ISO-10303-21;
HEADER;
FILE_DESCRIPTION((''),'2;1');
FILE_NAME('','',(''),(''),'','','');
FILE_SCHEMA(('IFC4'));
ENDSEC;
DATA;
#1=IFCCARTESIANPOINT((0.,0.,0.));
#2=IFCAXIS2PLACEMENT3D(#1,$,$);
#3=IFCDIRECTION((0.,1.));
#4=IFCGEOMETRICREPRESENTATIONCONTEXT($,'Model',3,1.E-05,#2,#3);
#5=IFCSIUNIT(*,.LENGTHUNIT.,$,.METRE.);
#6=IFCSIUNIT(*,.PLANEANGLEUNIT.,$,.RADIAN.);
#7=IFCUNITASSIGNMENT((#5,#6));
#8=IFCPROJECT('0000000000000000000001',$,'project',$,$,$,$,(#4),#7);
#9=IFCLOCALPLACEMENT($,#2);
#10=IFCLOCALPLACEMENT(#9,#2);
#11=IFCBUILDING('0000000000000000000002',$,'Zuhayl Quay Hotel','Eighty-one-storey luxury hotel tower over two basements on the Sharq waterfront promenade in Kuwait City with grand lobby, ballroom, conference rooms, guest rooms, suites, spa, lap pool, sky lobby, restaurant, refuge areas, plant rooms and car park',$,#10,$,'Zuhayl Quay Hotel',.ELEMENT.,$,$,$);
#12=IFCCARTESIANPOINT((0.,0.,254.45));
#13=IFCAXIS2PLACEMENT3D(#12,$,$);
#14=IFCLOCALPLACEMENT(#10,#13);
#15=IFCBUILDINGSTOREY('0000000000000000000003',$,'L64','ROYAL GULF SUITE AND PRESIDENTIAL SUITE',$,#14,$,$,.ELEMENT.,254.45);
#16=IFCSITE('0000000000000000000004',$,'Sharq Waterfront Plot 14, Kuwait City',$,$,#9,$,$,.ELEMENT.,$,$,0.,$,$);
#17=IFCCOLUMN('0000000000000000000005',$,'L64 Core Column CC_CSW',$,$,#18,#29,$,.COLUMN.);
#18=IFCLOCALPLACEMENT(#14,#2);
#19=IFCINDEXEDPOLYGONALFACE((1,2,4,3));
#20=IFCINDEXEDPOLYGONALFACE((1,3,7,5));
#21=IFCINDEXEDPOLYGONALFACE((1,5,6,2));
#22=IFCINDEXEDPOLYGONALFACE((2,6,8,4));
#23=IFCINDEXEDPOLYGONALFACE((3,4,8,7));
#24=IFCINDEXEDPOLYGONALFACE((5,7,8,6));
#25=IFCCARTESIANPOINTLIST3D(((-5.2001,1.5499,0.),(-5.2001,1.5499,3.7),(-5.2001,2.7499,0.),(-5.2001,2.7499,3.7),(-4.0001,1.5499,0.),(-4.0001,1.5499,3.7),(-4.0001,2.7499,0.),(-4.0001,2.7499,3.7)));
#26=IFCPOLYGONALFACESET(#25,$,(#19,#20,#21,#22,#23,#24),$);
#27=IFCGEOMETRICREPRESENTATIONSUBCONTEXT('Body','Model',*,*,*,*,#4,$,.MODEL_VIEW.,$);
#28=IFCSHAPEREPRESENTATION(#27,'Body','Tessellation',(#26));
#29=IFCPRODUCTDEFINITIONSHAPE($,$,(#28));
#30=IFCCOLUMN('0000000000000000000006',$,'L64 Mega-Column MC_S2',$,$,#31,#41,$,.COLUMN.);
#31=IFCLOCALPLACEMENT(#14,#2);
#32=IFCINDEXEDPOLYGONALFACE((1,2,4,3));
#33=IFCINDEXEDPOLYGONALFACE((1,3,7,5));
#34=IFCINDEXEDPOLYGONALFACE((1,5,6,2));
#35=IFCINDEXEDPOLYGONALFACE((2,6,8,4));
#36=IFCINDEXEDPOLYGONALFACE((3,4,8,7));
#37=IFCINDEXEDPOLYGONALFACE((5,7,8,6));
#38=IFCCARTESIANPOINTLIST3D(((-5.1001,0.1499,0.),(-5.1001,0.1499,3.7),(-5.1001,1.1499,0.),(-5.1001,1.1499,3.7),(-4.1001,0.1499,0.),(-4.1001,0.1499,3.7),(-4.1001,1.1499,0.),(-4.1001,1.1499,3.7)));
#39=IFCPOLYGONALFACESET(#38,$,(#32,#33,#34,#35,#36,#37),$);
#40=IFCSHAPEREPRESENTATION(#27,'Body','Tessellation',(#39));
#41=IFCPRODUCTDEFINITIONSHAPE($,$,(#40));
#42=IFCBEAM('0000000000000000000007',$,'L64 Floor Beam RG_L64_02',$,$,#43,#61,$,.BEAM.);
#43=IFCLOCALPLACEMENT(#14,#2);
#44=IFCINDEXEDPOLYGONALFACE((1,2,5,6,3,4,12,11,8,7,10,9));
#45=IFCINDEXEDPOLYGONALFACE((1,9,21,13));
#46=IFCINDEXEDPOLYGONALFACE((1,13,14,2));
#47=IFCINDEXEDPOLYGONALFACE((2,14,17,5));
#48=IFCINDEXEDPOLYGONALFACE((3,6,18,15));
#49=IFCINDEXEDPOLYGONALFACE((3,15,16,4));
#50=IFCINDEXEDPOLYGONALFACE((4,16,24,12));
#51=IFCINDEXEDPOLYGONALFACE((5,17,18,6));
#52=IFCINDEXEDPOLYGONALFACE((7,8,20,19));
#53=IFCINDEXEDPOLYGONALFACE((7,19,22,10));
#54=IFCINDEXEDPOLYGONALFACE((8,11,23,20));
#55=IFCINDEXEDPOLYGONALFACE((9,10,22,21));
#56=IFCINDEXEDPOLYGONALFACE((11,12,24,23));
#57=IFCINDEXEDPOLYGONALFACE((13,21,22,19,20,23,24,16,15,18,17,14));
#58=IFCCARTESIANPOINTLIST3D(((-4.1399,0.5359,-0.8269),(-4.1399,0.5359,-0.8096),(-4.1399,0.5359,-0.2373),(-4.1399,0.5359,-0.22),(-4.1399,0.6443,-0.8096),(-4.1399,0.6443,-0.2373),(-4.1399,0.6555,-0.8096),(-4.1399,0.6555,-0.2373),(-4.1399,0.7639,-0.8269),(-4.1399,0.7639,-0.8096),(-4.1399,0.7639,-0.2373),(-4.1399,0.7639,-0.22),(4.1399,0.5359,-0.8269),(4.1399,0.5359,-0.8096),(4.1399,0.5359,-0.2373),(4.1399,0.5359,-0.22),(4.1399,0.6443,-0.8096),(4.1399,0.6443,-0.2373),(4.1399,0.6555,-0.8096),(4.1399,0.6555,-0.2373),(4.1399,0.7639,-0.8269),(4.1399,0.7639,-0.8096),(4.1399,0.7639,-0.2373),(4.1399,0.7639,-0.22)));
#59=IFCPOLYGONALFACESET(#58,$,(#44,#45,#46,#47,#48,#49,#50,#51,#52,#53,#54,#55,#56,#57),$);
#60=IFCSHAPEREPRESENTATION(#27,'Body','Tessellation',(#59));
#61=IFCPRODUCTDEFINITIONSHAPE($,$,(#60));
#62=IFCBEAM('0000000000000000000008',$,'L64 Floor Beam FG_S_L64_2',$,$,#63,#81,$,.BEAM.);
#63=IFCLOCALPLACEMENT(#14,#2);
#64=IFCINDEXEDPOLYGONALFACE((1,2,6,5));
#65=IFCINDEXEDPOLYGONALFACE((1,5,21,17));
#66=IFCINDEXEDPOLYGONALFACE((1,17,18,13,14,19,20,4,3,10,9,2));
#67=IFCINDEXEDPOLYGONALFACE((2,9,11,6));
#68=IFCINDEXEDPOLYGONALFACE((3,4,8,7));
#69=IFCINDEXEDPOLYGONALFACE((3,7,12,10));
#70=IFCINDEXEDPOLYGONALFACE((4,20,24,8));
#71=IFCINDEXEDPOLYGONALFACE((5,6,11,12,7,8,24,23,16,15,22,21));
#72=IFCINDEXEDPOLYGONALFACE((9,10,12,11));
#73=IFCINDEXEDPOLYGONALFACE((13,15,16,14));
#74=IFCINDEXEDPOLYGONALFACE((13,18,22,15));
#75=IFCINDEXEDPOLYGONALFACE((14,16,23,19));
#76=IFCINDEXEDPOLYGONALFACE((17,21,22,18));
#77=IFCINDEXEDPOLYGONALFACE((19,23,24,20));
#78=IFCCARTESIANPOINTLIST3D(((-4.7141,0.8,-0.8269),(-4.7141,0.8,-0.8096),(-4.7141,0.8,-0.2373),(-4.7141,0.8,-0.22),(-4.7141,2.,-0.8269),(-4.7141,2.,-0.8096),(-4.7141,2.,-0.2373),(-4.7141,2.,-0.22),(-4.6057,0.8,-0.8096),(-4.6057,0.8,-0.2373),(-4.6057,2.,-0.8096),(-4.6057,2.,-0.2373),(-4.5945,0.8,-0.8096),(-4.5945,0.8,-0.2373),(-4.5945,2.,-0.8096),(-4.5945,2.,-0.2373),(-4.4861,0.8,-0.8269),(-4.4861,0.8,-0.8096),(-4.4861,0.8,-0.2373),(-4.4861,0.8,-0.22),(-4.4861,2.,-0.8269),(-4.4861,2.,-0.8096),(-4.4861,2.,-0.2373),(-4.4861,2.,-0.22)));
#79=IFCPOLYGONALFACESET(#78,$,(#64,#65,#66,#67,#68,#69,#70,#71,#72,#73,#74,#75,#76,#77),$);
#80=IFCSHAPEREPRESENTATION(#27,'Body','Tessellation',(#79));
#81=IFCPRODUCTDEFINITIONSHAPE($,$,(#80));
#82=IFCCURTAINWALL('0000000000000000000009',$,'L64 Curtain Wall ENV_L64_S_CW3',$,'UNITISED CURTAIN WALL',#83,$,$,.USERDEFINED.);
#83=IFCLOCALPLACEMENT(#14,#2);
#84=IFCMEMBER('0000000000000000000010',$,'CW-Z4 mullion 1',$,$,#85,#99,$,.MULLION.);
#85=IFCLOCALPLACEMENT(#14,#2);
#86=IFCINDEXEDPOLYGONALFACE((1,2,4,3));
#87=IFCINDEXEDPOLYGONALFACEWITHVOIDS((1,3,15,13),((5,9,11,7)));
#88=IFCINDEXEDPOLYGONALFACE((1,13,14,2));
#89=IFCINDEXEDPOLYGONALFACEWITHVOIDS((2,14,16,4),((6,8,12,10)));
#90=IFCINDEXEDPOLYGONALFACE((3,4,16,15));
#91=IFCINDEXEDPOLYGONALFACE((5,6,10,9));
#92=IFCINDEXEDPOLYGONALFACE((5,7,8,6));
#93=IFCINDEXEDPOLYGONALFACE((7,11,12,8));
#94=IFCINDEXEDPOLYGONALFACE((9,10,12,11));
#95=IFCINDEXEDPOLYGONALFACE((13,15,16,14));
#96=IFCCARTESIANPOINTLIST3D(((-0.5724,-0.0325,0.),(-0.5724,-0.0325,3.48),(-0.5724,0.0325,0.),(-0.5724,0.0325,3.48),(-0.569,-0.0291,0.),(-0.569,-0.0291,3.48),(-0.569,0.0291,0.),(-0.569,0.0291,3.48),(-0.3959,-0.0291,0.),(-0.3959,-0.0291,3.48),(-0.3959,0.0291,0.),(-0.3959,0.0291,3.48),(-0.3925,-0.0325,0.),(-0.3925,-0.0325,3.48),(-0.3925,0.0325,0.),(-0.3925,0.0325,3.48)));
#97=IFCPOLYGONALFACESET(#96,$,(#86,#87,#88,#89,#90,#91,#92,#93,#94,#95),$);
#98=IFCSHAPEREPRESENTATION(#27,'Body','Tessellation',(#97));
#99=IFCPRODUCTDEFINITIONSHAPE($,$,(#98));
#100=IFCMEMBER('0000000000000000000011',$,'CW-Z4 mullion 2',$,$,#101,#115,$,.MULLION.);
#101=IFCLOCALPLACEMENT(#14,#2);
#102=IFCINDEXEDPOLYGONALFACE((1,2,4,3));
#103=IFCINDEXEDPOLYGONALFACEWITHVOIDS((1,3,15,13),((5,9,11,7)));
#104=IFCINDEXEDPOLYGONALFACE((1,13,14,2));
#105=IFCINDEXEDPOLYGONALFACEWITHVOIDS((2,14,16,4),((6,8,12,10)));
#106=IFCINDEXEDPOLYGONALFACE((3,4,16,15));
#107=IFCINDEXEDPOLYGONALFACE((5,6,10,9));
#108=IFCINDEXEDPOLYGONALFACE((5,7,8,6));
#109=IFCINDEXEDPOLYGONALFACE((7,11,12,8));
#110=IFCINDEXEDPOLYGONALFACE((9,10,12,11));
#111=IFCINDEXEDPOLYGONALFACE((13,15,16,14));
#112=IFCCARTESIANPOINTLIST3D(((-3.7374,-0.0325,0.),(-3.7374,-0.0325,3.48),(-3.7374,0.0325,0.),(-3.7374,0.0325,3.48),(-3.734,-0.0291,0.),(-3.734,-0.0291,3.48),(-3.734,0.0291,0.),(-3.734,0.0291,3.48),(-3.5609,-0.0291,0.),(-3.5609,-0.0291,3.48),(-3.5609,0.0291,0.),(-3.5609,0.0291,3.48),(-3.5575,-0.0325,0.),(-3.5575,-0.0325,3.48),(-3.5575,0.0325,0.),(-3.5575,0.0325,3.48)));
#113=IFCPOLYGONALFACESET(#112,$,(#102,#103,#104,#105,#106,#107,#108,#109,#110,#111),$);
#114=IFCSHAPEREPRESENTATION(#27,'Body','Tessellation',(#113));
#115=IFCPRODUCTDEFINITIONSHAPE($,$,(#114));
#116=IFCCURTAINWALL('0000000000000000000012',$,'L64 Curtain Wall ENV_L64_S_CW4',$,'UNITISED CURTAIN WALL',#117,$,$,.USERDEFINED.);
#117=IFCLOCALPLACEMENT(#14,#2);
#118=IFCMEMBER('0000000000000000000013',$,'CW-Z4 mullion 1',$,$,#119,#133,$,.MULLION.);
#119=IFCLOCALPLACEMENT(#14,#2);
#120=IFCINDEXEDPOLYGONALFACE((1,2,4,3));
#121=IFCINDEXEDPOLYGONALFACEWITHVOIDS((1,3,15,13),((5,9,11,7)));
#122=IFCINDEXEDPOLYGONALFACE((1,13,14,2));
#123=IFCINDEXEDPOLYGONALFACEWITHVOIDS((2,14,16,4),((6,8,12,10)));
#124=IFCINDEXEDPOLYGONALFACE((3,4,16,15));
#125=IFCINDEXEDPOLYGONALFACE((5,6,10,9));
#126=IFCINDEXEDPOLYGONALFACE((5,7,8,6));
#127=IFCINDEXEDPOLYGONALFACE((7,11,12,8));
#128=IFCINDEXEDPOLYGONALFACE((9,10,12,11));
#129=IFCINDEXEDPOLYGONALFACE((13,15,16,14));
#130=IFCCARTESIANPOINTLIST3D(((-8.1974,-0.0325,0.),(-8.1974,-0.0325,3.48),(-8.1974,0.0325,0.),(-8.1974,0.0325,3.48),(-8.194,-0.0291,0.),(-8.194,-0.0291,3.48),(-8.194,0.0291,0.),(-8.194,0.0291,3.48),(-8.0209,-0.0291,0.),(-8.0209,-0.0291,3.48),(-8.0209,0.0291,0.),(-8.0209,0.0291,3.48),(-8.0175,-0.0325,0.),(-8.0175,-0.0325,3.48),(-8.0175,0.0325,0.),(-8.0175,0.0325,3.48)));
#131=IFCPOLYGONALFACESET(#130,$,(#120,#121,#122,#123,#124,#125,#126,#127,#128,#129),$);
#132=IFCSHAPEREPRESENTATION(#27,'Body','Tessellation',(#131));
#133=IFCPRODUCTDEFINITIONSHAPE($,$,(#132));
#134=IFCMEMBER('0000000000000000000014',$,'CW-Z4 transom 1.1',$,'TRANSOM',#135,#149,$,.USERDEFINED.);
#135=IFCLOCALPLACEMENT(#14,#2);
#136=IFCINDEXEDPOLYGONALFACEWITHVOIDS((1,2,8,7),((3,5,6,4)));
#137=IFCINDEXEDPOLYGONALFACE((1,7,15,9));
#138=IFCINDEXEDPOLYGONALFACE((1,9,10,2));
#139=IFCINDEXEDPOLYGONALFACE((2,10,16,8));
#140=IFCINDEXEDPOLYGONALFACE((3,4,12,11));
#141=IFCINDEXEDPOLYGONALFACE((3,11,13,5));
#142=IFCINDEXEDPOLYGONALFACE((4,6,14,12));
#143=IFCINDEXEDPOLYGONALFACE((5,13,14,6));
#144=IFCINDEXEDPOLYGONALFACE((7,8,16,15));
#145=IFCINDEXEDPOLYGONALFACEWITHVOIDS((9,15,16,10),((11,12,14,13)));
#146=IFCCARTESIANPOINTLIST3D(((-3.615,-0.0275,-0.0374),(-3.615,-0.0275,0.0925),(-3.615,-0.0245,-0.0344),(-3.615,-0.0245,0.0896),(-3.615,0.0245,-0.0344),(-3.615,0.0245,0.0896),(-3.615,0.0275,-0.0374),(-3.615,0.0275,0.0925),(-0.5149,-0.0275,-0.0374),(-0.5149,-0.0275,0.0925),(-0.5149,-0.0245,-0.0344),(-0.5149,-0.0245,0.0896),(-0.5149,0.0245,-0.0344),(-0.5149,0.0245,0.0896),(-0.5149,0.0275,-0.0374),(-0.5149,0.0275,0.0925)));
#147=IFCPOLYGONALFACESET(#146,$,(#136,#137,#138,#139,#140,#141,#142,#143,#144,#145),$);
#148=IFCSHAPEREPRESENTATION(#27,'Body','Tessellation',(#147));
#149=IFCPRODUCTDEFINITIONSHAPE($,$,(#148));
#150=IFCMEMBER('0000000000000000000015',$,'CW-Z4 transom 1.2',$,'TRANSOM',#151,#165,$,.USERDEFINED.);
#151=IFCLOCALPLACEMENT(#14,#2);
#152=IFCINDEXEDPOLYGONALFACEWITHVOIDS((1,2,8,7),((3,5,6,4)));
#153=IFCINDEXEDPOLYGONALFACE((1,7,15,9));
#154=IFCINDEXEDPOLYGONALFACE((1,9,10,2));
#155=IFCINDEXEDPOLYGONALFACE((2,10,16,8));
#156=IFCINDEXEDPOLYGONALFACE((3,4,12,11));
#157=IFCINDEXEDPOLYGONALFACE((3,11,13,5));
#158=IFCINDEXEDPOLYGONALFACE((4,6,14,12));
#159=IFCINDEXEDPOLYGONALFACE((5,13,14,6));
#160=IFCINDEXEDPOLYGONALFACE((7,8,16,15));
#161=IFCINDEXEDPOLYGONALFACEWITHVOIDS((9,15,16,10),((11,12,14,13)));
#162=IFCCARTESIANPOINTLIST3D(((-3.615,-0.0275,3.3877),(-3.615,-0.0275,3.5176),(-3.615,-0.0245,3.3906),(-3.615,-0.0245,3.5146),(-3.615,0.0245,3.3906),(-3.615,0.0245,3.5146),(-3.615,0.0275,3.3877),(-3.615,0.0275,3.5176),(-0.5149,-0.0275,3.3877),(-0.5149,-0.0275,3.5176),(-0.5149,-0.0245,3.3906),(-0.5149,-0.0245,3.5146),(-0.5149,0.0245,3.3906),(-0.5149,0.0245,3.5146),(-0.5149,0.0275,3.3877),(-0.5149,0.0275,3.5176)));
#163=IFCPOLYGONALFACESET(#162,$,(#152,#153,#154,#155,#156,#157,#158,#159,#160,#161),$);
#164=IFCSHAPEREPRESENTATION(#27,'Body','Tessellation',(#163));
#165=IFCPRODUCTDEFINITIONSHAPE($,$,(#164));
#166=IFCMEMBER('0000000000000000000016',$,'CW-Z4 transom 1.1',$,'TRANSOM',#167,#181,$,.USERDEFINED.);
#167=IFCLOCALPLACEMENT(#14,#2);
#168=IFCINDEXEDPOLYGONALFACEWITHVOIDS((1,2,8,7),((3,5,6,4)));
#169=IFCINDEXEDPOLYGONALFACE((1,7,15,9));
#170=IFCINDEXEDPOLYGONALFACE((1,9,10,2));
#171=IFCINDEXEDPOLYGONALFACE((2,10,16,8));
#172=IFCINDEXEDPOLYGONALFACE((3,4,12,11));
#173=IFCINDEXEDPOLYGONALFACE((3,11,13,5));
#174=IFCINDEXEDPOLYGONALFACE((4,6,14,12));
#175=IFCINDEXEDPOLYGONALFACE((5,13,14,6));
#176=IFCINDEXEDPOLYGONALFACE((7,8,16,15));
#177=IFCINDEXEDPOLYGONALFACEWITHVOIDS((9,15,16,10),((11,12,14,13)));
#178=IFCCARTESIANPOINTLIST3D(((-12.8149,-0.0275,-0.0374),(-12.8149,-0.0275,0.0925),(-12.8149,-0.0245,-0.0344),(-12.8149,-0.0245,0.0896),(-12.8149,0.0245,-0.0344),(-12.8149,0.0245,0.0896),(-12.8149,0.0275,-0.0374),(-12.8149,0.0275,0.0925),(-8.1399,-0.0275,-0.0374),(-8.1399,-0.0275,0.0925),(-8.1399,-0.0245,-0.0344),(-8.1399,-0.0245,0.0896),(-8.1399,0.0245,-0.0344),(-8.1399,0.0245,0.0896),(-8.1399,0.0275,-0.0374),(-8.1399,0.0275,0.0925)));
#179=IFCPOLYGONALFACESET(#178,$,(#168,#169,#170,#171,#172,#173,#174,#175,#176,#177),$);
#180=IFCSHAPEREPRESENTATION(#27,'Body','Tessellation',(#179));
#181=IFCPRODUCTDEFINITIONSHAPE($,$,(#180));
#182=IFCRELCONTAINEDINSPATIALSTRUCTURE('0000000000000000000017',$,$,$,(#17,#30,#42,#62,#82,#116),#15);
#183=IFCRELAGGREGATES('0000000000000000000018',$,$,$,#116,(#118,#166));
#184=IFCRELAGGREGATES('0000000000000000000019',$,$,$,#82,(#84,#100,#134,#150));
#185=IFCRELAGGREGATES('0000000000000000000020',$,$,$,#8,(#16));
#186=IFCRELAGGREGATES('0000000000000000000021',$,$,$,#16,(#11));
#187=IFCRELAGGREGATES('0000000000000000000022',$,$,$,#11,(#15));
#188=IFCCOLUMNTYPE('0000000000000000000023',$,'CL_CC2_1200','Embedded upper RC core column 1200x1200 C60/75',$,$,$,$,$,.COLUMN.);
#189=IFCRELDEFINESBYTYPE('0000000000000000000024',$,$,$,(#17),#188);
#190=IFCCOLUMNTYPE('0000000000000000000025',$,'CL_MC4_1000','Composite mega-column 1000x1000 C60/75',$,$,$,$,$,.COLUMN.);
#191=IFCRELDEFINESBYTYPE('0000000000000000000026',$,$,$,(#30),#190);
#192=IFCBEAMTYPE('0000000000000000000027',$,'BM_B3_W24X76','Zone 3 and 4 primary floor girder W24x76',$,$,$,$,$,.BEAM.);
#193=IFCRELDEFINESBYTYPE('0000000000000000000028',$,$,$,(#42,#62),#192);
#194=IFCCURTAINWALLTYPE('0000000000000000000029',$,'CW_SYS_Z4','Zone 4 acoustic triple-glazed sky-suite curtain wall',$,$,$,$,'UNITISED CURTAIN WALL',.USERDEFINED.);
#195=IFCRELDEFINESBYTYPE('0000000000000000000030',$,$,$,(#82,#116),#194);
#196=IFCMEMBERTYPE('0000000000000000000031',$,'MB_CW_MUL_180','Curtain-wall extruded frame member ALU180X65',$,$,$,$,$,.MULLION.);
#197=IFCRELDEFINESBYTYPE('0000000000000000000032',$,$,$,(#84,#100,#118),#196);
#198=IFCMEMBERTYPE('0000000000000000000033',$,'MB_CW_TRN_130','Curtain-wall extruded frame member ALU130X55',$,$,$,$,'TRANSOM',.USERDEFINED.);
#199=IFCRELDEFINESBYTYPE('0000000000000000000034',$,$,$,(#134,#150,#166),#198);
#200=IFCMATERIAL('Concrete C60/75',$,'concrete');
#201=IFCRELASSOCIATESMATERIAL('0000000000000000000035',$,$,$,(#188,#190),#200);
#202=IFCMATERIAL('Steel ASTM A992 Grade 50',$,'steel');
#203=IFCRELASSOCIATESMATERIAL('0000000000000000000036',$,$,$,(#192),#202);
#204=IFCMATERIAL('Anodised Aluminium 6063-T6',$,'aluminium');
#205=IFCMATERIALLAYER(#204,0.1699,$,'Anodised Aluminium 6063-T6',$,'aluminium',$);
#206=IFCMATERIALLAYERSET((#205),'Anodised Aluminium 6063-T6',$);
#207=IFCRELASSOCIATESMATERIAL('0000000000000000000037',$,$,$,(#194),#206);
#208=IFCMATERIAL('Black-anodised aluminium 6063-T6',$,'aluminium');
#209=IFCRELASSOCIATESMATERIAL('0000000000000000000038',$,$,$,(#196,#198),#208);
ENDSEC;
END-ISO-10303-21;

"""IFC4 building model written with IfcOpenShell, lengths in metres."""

from ifc_helpers import new_model, si_unit, direction, frame, origin, origin_2d, place, context, subcontext, project, spatial, rectangle, hollow_rectangle, i_section, extrude, material, layer, layer_set, material_profile, profile_set, type_object, element, aggregate, save


model = new_model("IFC4")

# Units and contexts
model_context = context("Model", 3, precision=1e-05, world=origin(), true_north=direction((0.0, 1.0)))
body_context = subcontext(model_context, "Body", "Model", "MODEL_VIEW")
ifc_project = project(units=[si_unit("LENGTHUNIT", "METRE"), si_unit("PLANEANGLEUNIT", "RADIAN")], contexts=[model_context])

# Site, building, storey
site_placement = place(None, origin())
site = spatial("IfcSite", under=ifc_project, at=site_placement, Name="Sharq Waterfront Plot 14, Kuwait City", CompositionType="ELEMENT", RefElevation=0.0)
building_placement = place(site_placement, origin())
building = spatial("IfcBuilding", under=site, at=building_placement, Name="Zuhayl Quay Hotel", Description="Eighty-one-storey luxury hotel tower over two basements on the Sharq waterfront promenade in Kuwait City with grand lobby, ballroom, conference rooms, guest rooms, suites, spa, lap pool, sky lobby, restaurant, refuge areas, plant rooms and car park", LongName="Zuhayl Quay Hotel", CompositionType="ELEMENT")
storey_placement = place(building_placement, frame((0.0, 0.0, 254.45)))
storey = spatial("IfcBuildingStorey", under=building, at=storey_placement, Name="L64", Description="ROYAL GULF SUITE AND PRESIDENTIAL SUITE", CompositionType="ELEMENT", Elevation=254.45)

# Columns
ifc_material_1 = material(Name="Concrete C60/75", Category="concrete")
ifc_material_profile_1 = material_profile(ifc_material_1, rectangle(XDim=1.2, YDim=1.2, at=origin_2d()), Name="RC1200X1200")
ifc_profile_set_1 = profile_set([ifc_material_profile_1], Name="Concrete C60/75")
column_type_1 = type_object("IfcColumnType", Name="CL_CC2_1200", Description="Embedded upper RC core column 1200x1200 C60/75", PredefinedType="COLUMN", material=ifc_profile_set_1)
column_1_placement = place(storey_placement, frame((-4.6001, 2.1499, 0.0), z_axis=(0.0, 0.0, 1.0), x_axis=(1.0, 0.0, 0.0)))
element("IfcColumn", 1, at=column_1_placement, inside=storey, type_object=column_type_1, Name="L64 Core Column CC_CSW", PredefinedType="COLUMN", context=body_context, shape_type="SweptSolid", body=[
    extrude(rectangle(XDim=1.2, YDim=1.2, at=origin_2d()), origin(), (0.0, 0.0, 1.0), 3.7),
])
ifc_material_profile_2 = material_profile(ifc_material_1, rectangle(XDim=1.0, YDim=1.0, at=origin_2d()), Name="RC1000X1000")
ifc_profile_set_2 = profile_set([ifc_material_profile_2], Name="Concrete C60/75")
column_type_2 = type_object("IfcColumnType", Name="CL_MC4_1000", Description="Composite mega-column 1000x1000 C60/75", PredefinedType="COLUMN", material=ifc_profile_set_2)
column_2_placement = place(storey_placement, frame((-4.6001, 0.6499, 0.0), z_axis=(0.0, 0.0, 1.0), x_axis=(1.0, 0.0, 0.0)))
element("IfcColumn", 2, at=column_2_placement, inside=storey, type_object=column_type_2, Name="L64 Mega-Column MC_S2", PredefinedType="COLUMN", context=body_context, shape_type="SweptSolid", body=[
    extrude(rectangle(XDim=1.0, YDim=1.0, at=origin_2d()), origin(), (0.0, 0.0, 1.0), 3.7),
])

# Beams
ifc_material_2 = material(Name="Steel ASTM A992 Grade 50", Category="steel")
ifc_material_profile_3 = material_profile(ifc_material_2, i_section(OverallWidth=0.228, OverallDepth=0.6069, WebThickness=0.0112, FlangeThickness=0.0173, at=origin_2d()), Name="W24X76")
ifc_profile_set_3 = profile_set([ifc_material_profile_3], Name="Steel ASTM A992 Grade 50")
beam_type = type_object("IfcBeamType", Name="BM_B3_W24X76", Description="Zone 3 and 4 primary floor girder W24x76", PredefinedType="BEAM", material=ifc_profile_set_3)
beam_1_placement = place(storey_placement, frame((-4.1399, 0.6499, -0.5234), z_axis=(1.0, 0.0, 0.0), x_axis=(0.0, 1.0, 0.0)))
element("IfcBeam", 3, at=beam_1_placement, inside=storey, type_object=beam_type, Name="L64 Floor Beam RG_L64_02", PredefinedType="BEAM", context=body_context, shape_type="SweptSolid", body=[
    extrude(i_section(OverallWidth=0.228, OverallDepth=0.6069, WebThickness=0.0112, FlangeThickness=0.0173, at=origin_2d()), origin(), (0.0, 0.0, 1.0), 8.2798),
])
beam_2_placement = place(storey_placement, frame((-4.6001, 0.8, -0.5234), z_axis=(0.0, 1.0, 0.0), x_axis=(-1.0, 0.0, 0.0)))
element("IfcBeam", 4, at=beam_2_placement, inside=storey, type_object=beam_type, Name="L64 Floor Beam FG_S_L64_2", PredefinedType="BEAM", context=body_context, shape_type="SweptSolid", body=[
    extrude(i_section(OverallWidth=0.228, OverallDepth=0.6069, WebThickness=0.0112, FlangeThickness=0.0173, at=origin_2d()), origin(), (0.0, 0.0, 1.0), 1.2),
])

# Curtain wall, members
ifc_material_3 = material(Name="Anodised Aluminium 6063-T6", Category="aluminium")
ifc_layer_1 = layer(ifc_material_3, 0.1699, Name="Anodised Aluminium 6063-T6", Category="aluminium")
ifc_layer_set_1 = layer_set([ifc_layer_1], Name="Anodised Aluminium 6063-T6")
curtain_wall_type = type_object("IfcCurtainWallType", Name="CW_SYS_Z4", Description="Zone 4 acoustic triple-glazed sky-suite curtain wall", ElementType="UNITISED CURTAIN WALL", PredefinedType="USERDEFINED", material=ifc_layer_set_1)
curtain_wall_1_placement = place(storey_placement, origin())
curtain_wall_1 = element("IfcCurtainWall", 5, at=curtain_wall_1_placement, inside=storey, type_object=curtain_wall_type, Name="L64 Curtain Wall ENV_L64_S_CW3", ObjectType="UNITISED CURTAIN WALL", PredefinedType="USERDEFINED")
ifc_material_4 = material(Name="Black-anodised aluminium 6063-T6", Category="aluminium")
ifc_material_profile_4 = material_profile(ifc_material_4, hollow_rectangle(XDim=0.0649, YDim=0.1799, WallThickness=0.0034, at=origin_2d()), Name="ALU180X65")
ifc_profile_set_4 = profile_set([ifc_material_profile_4], Name="Black-anodised aluminium 6063-T6")
member_type_1 = type_object("IfcMemberType", Name="MB_CW_MUL_180", Description="Curtain-wall extruded frame member ALU180X65", PredefinedType="MULLION", material=ifc_profile_set_4)
member_1_placement = place(storey_placement, frame((-0.4824, 0.0, 0.0), z_axis=(0.0, 0.0, 1.0), x_axis=(0.0, -1.0, 0.0)))
member_1 = element("IfcMember", 6, at=member_1_placement, type_object=member_type_1, Name="CW-Z4 mullion 1", PredefinedType="MULLION", context=body_context, shape_type="SweptSolid", body=[
    extrude(hollow_rectangle(XDim=0.0649, YDim=0.1799, WallThickness=0.0034, at=origin_2d()), origin(), (0.0, 0.0, 1.0), 3.48),
])
member_2_placement = place(storey_placement, frame((-3.6475, 0.0, 0.0), z_axis=(0.0, 0.0, 1.0), x_axis=(0.0, -1.0, 0.0)))
member_2 = element("IfcMember", 7, at=member_2_placement, type_object=member_type_1, Name="CW-Z4 mullion 2", PredefinedType="MULLION", context=body_context, shape_type="SweptSolid", body=[
    extrude(hollow_rectangle(XDim=0.0649, YDim=0.1799, WallThickness=0.0034, at=origin_2d()), origin(), (0.0, 0.0, 1.0), 3.48),
])

# Curtain wall, member
curtain_wall_2_placement = place(storey_placement, origin())
curtain_wall_2 = element("IfcCurtainWall", 8, at=curtain_wall_2_placement, inside=storey, type_object=curtain_wall_type, Name="L64 Curtain Wall ENV_L64_S_CW4", ObjectType="UNITISED CURTAIN WALL", PredefinedType="USERDEFINED")
member_3_placement = place(storey_placement, frame((-8.1074, 0.0, 0.0), z_axis=(0.0, 0.0, 1.0), x_axis=(0.0, -1.0, 0.0)))
member_3 = element("IfcMember", 9, at=member_3_placement, type_object=member_type_1, Name="CW-Z4 mullion 1", PredefinedType="MULLION", context=body_context, shape_type="SweptSolid", body=[
    extrude(hollow_rectangle(XDim=0.0649, YDim=0.1799, WallThickness=0.0034, at=origin_2d()), origin(), (0.0, 0.0, 1.0), 3.48),
])

# Members
ifc_material_profile_5 = material_profile(ifc_material_4, hollow_rectangle(XDim=0.0549, YDim=0.1299, WallThickness=0.0029, at=origin_2d()), Name="ALU130X55")
ifc_profile_set_5 = profile_set([ifc_material_profile_5], Name="Black-anodised aluminium 6063-T6")
member_type_2 = type_object("IfcMemberType", Name="MB_CW_TRN_130", Description="Curtain-wall extruded frame member ALU130X55", ElementType="TRANSOM", PredefinedType="USERDEFINED", material=ifc_profile_set_5)
member_4_placement = place(storey_placement, frame((-0.5149, 0.0, 0.0276), z_axis=(-1.0, 0.0, 0.0), x_axis=(0.0, -1.0, 0.0)))
member_4 = element("IfcMember", 10, at=member_4_placement, type_object=member_type_2, Name="CW-Z4 transom 1.1", ObjectType="TRANSOM", PredefinedType="USERDEFINED", context=body_context, shape_type="SweptSolid", body=[
    extrude(hollow_rectangle(XDim=0.0549, YDim=0.1299, WallThickness=0.0029, at=origin_2d()), origin(), (0.0, 0.0, 1.0), 3.1001),
])
member_5_placement = place(storey_placement, frame((-0.5149, 0.0, 3.4526), z_axis=(-1.0, 0.0, 0.0), x_axis=(0.0, -1.0, 0.0)))
member_5 = element("IfcMember", 11, at=member_5_placement, type_object=member_type_2, Name="CW-Z4 transom 1.2", ObjectType="TRANSOM", PredefinedType="USERDEFINED", context=body_context, shape_type="SweptSolid", body=[
    extrude(hollow_rectangle(XDim=0.0549, YDim=0.1299, WallThickness=0.0029, at=origin_2d()), origin(), (0.0, 0.0, 1.0), 3.1001),
])
member_6_placement = place(storey_placement, frame((-8.1399, 0.0, 0.0276), z_axis=(-1.0, 0.0, 0.0), x_axis=(0.0, -1.0, 0.0)))
member_6 = element("IfcMember", 12, at=member_6_placement, type_object=member_type_2, Name="CW-Z4 transom 1.1", ObjectType="TRANSOM", PredefinedType="USERDEFINED", context=body_context, shape_type="SweptSolid", body=[
    extrude(hollow_rectangle(XDim=0.0549, YDim=0.1299, WallThickness=0.0029, at=origin_2d()), origin(), (0.0, 0.0, 1.0), 4.675),
])
aggregate(curtain_wall_2, [member_3, member_6])

aggregate(curtain_wall_1, [member_1, member_2, member_4, member_5])

save(model, "model.ifc")
